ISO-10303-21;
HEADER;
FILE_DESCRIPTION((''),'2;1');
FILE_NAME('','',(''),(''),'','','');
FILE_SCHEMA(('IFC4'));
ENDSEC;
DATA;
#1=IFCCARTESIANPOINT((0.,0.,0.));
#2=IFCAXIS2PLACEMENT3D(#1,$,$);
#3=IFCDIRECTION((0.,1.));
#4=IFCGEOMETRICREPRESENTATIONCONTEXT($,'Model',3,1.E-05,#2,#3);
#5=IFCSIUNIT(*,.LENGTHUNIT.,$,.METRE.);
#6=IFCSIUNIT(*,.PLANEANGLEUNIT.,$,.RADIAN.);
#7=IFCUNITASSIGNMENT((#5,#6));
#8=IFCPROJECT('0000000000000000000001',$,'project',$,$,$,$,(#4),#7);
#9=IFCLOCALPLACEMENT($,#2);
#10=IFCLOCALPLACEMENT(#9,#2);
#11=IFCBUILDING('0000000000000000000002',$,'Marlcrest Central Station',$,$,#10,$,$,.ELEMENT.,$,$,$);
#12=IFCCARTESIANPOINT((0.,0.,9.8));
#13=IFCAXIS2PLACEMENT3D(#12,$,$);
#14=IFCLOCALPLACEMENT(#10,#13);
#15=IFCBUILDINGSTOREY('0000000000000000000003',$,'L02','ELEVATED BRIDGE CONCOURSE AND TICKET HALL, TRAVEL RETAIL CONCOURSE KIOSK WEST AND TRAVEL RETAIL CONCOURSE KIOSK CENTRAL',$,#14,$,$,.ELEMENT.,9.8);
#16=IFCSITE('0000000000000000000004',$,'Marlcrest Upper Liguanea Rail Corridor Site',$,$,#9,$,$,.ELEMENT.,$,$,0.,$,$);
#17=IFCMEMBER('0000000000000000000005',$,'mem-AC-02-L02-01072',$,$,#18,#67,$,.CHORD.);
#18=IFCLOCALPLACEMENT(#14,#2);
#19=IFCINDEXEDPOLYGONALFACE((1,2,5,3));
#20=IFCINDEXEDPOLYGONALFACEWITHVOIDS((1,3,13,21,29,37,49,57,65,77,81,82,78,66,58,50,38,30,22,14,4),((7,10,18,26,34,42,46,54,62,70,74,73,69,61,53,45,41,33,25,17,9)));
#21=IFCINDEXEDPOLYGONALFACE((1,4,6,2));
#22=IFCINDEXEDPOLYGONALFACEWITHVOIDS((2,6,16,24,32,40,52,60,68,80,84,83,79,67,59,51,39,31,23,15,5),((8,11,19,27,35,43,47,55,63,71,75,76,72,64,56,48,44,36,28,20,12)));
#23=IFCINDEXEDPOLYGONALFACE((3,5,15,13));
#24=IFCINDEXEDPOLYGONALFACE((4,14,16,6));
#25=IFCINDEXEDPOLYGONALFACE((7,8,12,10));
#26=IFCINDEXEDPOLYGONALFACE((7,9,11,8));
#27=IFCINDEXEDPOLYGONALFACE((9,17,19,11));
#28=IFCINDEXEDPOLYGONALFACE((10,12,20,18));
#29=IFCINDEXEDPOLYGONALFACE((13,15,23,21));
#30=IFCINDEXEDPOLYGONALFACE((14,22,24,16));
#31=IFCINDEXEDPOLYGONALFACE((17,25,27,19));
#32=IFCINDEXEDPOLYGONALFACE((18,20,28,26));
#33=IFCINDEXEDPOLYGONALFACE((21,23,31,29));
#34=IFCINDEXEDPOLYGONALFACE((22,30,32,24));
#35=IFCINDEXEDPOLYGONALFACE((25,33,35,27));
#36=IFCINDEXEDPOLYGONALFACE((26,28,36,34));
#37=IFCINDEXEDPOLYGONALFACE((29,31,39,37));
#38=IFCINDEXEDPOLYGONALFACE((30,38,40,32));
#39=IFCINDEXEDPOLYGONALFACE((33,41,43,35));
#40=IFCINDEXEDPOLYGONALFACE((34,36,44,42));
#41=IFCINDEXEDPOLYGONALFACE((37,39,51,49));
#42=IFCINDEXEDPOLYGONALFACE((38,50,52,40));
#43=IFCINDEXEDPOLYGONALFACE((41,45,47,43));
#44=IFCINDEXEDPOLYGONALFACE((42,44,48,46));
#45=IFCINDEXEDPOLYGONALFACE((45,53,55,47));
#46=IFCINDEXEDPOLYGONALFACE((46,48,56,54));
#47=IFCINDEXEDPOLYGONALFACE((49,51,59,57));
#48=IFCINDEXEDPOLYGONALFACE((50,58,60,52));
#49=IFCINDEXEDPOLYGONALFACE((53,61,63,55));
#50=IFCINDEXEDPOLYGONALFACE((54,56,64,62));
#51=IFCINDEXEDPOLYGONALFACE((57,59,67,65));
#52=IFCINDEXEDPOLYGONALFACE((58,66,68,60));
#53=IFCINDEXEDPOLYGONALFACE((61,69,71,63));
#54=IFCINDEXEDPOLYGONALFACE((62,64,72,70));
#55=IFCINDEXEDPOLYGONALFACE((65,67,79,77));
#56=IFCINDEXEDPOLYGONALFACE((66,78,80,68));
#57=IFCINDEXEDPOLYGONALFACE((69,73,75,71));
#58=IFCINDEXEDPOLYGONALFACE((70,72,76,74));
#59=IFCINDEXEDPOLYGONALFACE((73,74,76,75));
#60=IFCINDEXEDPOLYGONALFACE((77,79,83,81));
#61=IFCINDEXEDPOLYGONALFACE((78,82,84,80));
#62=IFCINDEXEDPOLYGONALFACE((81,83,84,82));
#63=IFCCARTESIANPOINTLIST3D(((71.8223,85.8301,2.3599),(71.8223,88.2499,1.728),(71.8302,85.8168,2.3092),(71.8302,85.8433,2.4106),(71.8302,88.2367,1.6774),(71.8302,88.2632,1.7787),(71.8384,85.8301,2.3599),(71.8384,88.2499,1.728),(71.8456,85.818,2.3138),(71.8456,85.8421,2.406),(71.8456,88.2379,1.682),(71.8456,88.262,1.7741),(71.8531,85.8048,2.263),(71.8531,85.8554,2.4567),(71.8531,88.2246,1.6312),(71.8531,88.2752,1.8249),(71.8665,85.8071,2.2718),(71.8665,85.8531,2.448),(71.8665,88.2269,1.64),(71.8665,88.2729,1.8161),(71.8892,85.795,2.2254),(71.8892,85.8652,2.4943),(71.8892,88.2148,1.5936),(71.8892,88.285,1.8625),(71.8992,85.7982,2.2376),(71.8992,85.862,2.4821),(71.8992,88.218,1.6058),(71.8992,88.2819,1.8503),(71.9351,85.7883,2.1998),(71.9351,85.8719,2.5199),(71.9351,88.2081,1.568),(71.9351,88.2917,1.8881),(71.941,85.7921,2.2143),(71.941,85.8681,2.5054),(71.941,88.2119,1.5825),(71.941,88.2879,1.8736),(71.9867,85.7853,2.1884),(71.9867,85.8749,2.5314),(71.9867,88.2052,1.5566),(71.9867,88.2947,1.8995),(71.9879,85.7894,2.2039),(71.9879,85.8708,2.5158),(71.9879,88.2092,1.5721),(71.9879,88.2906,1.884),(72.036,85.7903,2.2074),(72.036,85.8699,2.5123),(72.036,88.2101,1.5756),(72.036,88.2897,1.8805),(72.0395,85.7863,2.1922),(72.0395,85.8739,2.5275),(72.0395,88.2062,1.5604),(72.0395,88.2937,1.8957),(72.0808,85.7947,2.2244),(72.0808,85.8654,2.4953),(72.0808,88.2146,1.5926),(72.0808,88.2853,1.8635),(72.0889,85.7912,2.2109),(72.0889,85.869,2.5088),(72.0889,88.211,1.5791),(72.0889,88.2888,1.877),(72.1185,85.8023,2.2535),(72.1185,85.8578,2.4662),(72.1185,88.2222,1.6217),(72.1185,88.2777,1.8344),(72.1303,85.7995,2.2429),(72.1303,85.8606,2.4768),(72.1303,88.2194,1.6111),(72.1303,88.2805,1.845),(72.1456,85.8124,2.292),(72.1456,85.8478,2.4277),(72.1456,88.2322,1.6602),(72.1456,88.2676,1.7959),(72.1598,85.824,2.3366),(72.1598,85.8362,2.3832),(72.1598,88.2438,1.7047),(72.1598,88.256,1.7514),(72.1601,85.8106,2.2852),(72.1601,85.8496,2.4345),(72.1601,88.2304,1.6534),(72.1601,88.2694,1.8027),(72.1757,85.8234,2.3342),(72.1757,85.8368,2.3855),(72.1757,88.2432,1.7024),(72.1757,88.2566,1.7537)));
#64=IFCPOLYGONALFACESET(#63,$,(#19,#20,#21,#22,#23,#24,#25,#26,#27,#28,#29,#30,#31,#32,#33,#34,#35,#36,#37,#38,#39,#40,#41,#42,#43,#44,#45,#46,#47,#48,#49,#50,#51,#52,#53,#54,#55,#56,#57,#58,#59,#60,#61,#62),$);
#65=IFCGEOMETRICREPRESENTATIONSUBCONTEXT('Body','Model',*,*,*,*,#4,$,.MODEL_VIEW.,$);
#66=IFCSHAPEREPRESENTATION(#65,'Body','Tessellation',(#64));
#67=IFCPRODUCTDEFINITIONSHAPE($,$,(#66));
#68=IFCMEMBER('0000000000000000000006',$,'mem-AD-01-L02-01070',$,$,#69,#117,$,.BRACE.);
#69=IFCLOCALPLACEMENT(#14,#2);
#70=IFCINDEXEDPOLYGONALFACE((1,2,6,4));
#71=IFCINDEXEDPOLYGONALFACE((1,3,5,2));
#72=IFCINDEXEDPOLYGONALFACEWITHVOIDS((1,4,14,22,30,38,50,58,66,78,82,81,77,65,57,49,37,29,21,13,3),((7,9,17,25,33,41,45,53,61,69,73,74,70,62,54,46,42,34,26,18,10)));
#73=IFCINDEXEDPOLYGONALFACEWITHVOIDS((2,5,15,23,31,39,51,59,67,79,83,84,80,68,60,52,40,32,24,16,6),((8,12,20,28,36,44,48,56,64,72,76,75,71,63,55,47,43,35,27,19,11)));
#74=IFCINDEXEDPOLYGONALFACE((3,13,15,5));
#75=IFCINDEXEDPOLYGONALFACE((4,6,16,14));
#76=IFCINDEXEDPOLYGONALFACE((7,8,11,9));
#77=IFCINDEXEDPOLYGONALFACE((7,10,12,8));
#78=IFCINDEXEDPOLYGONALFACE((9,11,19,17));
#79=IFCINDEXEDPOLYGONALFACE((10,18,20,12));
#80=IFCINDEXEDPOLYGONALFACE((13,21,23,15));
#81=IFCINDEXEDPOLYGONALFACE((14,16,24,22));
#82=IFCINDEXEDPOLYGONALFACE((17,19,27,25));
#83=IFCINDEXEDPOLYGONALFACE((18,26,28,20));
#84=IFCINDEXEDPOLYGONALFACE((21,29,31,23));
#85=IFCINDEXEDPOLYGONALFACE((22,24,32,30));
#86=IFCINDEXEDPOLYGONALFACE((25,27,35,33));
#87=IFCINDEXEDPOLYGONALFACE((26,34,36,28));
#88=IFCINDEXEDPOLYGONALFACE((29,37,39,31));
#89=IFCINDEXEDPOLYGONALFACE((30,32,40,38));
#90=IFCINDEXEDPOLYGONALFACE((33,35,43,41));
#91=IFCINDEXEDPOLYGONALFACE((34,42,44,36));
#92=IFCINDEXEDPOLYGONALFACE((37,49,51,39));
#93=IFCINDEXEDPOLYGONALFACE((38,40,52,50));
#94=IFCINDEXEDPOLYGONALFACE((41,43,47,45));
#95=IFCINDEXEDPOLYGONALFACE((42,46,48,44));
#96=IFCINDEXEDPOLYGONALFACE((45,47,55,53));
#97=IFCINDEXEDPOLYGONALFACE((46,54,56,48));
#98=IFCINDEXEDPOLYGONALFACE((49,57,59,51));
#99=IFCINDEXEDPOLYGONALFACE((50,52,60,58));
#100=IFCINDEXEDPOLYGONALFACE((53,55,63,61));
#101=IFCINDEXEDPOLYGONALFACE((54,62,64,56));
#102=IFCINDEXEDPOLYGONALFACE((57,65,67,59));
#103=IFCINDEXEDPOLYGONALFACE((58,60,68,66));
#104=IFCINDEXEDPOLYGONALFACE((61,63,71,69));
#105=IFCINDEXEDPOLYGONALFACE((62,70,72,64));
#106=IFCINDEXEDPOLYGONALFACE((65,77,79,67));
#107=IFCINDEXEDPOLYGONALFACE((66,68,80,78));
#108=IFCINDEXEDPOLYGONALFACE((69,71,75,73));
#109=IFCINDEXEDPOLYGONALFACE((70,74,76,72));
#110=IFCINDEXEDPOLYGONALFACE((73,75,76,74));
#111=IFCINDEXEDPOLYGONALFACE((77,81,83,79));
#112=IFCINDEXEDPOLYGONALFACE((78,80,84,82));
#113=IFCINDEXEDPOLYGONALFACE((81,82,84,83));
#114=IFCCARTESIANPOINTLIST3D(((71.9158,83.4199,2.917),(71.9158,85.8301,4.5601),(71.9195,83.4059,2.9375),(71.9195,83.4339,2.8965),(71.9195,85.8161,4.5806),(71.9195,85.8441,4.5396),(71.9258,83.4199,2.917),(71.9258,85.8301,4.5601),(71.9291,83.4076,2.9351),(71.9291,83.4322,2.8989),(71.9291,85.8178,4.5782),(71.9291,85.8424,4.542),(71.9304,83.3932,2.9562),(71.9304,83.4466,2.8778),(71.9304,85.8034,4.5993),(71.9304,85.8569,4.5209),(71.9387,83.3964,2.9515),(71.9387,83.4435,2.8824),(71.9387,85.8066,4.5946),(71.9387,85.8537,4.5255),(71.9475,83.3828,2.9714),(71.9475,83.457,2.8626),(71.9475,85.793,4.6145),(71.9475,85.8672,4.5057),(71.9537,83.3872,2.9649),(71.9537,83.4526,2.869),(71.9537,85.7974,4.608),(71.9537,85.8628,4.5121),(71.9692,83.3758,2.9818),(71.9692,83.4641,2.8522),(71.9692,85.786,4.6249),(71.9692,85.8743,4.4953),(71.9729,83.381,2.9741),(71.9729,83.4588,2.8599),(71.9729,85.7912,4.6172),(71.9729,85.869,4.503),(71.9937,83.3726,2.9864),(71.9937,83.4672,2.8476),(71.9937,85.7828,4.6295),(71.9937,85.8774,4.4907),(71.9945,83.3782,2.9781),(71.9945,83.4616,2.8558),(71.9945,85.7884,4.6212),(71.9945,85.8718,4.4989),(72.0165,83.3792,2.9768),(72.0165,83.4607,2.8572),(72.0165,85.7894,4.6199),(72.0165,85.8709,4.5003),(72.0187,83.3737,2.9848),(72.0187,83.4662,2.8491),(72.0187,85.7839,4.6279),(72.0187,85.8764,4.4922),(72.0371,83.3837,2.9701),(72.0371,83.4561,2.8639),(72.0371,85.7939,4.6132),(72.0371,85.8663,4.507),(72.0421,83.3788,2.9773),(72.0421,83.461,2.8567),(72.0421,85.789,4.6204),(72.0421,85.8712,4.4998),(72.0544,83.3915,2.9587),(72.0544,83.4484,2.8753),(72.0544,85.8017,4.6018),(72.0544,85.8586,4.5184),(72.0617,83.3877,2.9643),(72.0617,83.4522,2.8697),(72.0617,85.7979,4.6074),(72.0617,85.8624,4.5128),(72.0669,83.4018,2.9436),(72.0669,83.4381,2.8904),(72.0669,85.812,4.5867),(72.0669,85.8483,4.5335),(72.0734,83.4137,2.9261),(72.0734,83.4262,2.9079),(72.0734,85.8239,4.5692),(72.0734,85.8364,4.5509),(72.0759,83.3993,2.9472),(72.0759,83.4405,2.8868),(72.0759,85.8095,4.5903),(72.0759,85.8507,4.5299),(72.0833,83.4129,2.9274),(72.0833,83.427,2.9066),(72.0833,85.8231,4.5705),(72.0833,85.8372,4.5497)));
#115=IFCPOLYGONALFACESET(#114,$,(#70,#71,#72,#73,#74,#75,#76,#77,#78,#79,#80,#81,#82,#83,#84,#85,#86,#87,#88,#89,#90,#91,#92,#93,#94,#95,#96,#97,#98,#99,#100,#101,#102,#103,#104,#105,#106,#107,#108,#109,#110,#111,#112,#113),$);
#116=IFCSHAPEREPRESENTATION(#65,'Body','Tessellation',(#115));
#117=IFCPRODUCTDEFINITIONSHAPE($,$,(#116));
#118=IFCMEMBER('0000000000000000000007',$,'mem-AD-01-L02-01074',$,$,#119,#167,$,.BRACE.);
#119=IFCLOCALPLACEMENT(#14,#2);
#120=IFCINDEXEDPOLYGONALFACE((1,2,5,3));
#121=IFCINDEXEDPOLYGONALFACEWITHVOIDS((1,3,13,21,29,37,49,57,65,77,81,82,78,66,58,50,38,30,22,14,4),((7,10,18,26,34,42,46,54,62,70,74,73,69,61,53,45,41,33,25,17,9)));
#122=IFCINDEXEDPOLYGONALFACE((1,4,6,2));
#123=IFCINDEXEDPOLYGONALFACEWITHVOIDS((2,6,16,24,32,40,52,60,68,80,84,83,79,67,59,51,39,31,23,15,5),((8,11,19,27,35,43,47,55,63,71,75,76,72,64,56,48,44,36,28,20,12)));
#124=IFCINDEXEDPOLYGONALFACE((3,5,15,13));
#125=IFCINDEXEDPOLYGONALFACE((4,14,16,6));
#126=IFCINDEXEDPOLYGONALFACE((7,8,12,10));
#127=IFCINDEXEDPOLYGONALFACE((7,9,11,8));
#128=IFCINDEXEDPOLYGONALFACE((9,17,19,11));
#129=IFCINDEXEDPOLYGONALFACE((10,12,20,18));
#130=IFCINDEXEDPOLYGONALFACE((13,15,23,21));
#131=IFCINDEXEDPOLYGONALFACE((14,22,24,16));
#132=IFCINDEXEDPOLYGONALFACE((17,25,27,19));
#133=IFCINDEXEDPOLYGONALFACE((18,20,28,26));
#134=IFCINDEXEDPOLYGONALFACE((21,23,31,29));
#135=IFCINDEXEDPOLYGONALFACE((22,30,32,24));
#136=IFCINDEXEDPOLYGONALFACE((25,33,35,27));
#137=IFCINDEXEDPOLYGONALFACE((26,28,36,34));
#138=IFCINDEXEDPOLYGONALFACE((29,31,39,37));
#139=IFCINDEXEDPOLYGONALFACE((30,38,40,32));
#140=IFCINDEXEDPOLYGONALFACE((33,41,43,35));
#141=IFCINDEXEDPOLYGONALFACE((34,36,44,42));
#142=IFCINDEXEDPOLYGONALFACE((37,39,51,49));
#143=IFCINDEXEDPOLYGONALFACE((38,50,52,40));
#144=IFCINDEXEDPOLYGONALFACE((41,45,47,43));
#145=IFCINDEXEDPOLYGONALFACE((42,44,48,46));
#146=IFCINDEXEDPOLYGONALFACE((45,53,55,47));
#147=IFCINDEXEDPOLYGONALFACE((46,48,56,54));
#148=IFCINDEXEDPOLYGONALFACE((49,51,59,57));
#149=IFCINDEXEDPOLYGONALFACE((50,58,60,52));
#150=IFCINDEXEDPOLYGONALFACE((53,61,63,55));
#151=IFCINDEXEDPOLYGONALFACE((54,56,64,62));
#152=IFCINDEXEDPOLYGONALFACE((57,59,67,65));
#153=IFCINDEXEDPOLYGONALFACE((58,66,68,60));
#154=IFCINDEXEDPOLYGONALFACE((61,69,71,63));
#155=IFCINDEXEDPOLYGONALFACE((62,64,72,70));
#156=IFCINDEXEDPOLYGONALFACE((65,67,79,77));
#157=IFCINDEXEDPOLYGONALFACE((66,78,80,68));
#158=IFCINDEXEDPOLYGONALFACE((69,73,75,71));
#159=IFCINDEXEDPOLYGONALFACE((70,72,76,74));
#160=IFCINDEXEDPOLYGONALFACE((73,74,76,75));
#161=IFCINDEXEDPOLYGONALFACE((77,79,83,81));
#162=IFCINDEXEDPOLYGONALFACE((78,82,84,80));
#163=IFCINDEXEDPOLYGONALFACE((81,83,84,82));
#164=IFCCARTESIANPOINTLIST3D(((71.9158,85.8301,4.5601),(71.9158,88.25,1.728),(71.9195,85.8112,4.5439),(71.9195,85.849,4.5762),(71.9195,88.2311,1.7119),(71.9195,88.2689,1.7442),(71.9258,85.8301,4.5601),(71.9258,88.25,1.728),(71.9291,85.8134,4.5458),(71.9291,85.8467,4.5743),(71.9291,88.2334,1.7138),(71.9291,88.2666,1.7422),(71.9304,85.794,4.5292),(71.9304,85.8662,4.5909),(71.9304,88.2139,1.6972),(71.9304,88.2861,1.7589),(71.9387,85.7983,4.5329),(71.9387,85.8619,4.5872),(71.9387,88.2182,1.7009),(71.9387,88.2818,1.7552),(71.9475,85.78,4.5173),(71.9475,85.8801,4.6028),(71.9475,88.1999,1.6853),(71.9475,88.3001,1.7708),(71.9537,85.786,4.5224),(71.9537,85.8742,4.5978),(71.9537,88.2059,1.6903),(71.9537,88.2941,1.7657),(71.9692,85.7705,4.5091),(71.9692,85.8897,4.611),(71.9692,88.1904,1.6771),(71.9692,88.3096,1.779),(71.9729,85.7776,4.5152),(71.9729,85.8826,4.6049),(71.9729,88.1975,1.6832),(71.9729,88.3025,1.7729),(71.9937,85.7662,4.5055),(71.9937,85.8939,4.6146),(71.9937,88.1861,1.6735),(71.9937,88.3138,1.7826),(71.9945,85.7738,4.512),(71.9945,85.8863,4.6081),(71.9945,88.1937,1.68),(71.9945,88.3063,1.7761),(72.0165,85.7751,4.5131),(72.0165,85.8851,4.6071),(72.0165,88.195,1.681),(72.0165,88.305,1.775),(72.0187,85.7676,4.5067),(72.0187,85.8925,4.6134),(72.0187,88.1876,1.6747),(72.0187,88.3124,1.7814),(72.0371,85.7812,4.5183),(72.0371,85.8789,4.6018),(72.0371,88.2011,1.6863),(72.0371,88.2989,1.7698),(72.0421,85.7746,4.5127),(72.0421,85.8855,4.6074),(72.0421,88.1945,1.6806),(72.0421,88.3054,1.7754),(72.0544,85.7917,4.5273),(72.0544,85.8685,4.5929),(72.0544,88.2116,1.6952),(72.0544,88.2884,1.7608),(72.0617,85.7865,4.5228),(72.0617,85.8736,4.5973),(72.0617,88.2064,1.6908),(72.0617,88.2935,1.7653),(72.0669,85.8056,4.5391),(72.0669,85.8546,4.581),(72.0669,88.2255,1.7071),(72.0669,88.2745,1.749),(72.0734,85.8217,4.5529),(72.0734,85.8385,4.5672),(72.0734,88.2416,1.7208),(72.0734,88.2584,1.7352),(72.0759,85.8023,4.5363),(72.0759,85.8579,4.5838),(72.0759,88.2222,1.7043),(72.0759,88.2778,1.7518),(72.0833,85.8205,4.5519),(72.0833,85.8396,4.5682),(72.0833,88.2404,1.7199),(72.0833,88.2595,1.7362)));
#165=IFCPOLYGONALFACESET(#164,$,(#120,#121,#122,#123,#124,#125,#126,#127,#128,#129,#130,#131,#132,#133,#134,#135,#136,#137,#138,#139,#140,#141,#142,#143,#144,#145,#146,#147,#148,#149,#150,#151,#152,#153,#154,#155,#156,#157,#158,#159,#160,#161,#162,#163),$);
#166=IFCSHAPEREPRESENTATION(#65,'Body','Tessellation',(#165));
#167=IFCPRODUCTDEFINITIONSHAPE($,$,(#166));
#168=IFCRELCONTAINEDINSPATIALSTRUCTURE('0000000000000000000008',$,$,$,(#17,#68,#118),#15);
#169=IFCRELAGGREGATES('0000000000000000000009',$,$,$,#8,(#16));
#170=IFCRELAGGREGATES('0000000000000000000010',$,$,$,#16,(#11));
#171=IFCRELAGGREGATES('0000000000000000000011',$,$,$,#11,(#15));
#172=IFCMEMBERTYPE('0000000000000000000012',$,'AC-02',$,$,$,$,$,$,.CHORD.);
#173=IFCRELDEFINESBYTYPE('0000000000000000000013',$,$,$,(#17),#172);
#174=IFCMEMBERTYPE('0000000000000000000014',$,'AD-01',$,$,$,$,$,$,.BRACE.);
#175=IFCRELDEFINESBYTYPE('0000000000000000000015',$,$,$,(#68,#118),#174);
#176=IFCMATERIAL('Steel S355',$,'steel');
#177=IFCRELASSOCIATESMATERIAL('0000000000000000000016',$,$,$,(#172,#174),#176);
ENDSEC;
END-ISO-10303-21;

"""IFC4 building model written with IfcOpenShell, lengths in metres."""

from ifc_helpers import new_model, si_unit, direction, frame, origin, origin_2d, place, context, subcontext, project, spatial, hollow_circle, extrude, material, material_profile, profile_set, type_object, element, save


model = new_model("IFC4")

# Units and contexts
model_context = context("Model", 3, precision=1e-05, world=origin(), true_north=direction((0.0, 1.0)))
body_context = subcontext(model_context, "Body", "Model", "MODEL_VIEW")
ifc_project = project(units=[si_unit("LENGTHUNIT", "METRE"), si_unit("PLANEANGLEUNIT", "RADIAN")], contexts=[model_context])

# Site, building, storey
site_placement = place(None, origin())
site = spatial("IfcSite", under=ifc_project, at=site_placement, Name="Marlcrest Upper Liguanea Rail Corridor Site", CompositionType="ELEMENT", RefElevation=0.0)
building_placement = place(site_placement, origin())
building = spatial("IfcBuilding", under=site, at=building_placement, Name="Marlcrest Central Station", CompositionType="ELEMENT")
storey_placement = place(building_placement, frame((0.0, 0.0, 9.8)))
storey = spatial("IfcBuildingStorey", under=building, at=storey_placement, Name="L02", Description="ELEVATED BRIDGE CONCOURSE AND TICKET HALL, TRAVEL RETAIL CONCOURSE KIOSK WEST AND TRAVEL RETAIL CONCOURSE KIOSK CENTRAL", CompositionType="ELEMENT", Elevation=9.8)

# Members
ifc_material_1 = material(Name="Steel S355", Category="steel")
ifc_material_profile_1 = material_profile(ifc_material_1, hollow_circle(Radius=0.1777, WallThickness=0.0161, at=origin_2d()), Name="CHS 355.6x16")
ifc_profile_set_1 = profile_set([ifc_material_profile_1], Name="Steel S355")
member_type_1 = type_object("IfcMemberType", Name="AC-02", PredefinedType="CHORD", material=ifc_profile_set_1)
member_1_placement = place(storey_placement, frame((72.0, 85.8301, 2.3599), z_axis=(0.0, 0.967563, -0.252629), x_axis=(-1.0, 0.0, 0.0)))
element("IfcMember", 1, at=member_1_placement, inside=storey, type_object=member_type_1, Name="mem-AC-02-L02-01072", PredefinedType="CHORD", context=body_context, shape_type="SweptSolid", body=[
    extrude(hollow_circle(Radius=0.1777, WallThickness=0.0161, at=origin_2d()), origin(), (0.0, 0.0, 1.0), 2.501),
])
ifc_material_profile_2 = material_profile(ifc_material_1, hollow_circle(Radius=0.0842, WallThickness=0.01, at=origin_2d()), Name="CHS 168.3x10")
ifc_profile_set_2 = profile_set([ifc_material_profile_2], Name="Steel S355")
member_type_2 = type_object("IfcMemberType", Name="AD-01", PredefinedType="BRACE", material=ifc_profile_set_2)
member_2_placement = place(storey_placement, frame((72.0, 83.4199, 2.917), z_axis=(0.0, 0.826263, 0.563285), x_axis=(-1.0, 0.0, 0.0)))
element("IfcMember", 2, at=member_2_placement, inside=storey, type_object=member_type_2, Name="mem-AD-01-L02-01070", PredefinedType="BRACE", context=body_context, shape_type="SweptSolid", body=[
    extrude(hollow_circle(Radius=0.0842, WallThickness=0.01, at=origin_2d()), origin(), (0.0, 0.0, 1.0), 2.917),
])
member_3_placement = place(storey_placement, frame((72.0, 85.8301, 4.5601), z_axis=(0.0, 0.649625, -0.760255), x_axis=(-1.0, 0.0, 0.0)))
element("IfcMember", 3, at=member_3_placement, inside=storey, type_object=member_type_2, Name="mem-AD-01-L02-01074", PredefinedType="BRACE", context=body_context, shape_type="SweptSolid", body=[
    extrude(hollow_circle(Radius=0.0842, WallThickness=0.01, at=origin_2d()), origin(), (0.0, 0.0, 1.0), 3.7251),
])

save(model, "model.ifc")
